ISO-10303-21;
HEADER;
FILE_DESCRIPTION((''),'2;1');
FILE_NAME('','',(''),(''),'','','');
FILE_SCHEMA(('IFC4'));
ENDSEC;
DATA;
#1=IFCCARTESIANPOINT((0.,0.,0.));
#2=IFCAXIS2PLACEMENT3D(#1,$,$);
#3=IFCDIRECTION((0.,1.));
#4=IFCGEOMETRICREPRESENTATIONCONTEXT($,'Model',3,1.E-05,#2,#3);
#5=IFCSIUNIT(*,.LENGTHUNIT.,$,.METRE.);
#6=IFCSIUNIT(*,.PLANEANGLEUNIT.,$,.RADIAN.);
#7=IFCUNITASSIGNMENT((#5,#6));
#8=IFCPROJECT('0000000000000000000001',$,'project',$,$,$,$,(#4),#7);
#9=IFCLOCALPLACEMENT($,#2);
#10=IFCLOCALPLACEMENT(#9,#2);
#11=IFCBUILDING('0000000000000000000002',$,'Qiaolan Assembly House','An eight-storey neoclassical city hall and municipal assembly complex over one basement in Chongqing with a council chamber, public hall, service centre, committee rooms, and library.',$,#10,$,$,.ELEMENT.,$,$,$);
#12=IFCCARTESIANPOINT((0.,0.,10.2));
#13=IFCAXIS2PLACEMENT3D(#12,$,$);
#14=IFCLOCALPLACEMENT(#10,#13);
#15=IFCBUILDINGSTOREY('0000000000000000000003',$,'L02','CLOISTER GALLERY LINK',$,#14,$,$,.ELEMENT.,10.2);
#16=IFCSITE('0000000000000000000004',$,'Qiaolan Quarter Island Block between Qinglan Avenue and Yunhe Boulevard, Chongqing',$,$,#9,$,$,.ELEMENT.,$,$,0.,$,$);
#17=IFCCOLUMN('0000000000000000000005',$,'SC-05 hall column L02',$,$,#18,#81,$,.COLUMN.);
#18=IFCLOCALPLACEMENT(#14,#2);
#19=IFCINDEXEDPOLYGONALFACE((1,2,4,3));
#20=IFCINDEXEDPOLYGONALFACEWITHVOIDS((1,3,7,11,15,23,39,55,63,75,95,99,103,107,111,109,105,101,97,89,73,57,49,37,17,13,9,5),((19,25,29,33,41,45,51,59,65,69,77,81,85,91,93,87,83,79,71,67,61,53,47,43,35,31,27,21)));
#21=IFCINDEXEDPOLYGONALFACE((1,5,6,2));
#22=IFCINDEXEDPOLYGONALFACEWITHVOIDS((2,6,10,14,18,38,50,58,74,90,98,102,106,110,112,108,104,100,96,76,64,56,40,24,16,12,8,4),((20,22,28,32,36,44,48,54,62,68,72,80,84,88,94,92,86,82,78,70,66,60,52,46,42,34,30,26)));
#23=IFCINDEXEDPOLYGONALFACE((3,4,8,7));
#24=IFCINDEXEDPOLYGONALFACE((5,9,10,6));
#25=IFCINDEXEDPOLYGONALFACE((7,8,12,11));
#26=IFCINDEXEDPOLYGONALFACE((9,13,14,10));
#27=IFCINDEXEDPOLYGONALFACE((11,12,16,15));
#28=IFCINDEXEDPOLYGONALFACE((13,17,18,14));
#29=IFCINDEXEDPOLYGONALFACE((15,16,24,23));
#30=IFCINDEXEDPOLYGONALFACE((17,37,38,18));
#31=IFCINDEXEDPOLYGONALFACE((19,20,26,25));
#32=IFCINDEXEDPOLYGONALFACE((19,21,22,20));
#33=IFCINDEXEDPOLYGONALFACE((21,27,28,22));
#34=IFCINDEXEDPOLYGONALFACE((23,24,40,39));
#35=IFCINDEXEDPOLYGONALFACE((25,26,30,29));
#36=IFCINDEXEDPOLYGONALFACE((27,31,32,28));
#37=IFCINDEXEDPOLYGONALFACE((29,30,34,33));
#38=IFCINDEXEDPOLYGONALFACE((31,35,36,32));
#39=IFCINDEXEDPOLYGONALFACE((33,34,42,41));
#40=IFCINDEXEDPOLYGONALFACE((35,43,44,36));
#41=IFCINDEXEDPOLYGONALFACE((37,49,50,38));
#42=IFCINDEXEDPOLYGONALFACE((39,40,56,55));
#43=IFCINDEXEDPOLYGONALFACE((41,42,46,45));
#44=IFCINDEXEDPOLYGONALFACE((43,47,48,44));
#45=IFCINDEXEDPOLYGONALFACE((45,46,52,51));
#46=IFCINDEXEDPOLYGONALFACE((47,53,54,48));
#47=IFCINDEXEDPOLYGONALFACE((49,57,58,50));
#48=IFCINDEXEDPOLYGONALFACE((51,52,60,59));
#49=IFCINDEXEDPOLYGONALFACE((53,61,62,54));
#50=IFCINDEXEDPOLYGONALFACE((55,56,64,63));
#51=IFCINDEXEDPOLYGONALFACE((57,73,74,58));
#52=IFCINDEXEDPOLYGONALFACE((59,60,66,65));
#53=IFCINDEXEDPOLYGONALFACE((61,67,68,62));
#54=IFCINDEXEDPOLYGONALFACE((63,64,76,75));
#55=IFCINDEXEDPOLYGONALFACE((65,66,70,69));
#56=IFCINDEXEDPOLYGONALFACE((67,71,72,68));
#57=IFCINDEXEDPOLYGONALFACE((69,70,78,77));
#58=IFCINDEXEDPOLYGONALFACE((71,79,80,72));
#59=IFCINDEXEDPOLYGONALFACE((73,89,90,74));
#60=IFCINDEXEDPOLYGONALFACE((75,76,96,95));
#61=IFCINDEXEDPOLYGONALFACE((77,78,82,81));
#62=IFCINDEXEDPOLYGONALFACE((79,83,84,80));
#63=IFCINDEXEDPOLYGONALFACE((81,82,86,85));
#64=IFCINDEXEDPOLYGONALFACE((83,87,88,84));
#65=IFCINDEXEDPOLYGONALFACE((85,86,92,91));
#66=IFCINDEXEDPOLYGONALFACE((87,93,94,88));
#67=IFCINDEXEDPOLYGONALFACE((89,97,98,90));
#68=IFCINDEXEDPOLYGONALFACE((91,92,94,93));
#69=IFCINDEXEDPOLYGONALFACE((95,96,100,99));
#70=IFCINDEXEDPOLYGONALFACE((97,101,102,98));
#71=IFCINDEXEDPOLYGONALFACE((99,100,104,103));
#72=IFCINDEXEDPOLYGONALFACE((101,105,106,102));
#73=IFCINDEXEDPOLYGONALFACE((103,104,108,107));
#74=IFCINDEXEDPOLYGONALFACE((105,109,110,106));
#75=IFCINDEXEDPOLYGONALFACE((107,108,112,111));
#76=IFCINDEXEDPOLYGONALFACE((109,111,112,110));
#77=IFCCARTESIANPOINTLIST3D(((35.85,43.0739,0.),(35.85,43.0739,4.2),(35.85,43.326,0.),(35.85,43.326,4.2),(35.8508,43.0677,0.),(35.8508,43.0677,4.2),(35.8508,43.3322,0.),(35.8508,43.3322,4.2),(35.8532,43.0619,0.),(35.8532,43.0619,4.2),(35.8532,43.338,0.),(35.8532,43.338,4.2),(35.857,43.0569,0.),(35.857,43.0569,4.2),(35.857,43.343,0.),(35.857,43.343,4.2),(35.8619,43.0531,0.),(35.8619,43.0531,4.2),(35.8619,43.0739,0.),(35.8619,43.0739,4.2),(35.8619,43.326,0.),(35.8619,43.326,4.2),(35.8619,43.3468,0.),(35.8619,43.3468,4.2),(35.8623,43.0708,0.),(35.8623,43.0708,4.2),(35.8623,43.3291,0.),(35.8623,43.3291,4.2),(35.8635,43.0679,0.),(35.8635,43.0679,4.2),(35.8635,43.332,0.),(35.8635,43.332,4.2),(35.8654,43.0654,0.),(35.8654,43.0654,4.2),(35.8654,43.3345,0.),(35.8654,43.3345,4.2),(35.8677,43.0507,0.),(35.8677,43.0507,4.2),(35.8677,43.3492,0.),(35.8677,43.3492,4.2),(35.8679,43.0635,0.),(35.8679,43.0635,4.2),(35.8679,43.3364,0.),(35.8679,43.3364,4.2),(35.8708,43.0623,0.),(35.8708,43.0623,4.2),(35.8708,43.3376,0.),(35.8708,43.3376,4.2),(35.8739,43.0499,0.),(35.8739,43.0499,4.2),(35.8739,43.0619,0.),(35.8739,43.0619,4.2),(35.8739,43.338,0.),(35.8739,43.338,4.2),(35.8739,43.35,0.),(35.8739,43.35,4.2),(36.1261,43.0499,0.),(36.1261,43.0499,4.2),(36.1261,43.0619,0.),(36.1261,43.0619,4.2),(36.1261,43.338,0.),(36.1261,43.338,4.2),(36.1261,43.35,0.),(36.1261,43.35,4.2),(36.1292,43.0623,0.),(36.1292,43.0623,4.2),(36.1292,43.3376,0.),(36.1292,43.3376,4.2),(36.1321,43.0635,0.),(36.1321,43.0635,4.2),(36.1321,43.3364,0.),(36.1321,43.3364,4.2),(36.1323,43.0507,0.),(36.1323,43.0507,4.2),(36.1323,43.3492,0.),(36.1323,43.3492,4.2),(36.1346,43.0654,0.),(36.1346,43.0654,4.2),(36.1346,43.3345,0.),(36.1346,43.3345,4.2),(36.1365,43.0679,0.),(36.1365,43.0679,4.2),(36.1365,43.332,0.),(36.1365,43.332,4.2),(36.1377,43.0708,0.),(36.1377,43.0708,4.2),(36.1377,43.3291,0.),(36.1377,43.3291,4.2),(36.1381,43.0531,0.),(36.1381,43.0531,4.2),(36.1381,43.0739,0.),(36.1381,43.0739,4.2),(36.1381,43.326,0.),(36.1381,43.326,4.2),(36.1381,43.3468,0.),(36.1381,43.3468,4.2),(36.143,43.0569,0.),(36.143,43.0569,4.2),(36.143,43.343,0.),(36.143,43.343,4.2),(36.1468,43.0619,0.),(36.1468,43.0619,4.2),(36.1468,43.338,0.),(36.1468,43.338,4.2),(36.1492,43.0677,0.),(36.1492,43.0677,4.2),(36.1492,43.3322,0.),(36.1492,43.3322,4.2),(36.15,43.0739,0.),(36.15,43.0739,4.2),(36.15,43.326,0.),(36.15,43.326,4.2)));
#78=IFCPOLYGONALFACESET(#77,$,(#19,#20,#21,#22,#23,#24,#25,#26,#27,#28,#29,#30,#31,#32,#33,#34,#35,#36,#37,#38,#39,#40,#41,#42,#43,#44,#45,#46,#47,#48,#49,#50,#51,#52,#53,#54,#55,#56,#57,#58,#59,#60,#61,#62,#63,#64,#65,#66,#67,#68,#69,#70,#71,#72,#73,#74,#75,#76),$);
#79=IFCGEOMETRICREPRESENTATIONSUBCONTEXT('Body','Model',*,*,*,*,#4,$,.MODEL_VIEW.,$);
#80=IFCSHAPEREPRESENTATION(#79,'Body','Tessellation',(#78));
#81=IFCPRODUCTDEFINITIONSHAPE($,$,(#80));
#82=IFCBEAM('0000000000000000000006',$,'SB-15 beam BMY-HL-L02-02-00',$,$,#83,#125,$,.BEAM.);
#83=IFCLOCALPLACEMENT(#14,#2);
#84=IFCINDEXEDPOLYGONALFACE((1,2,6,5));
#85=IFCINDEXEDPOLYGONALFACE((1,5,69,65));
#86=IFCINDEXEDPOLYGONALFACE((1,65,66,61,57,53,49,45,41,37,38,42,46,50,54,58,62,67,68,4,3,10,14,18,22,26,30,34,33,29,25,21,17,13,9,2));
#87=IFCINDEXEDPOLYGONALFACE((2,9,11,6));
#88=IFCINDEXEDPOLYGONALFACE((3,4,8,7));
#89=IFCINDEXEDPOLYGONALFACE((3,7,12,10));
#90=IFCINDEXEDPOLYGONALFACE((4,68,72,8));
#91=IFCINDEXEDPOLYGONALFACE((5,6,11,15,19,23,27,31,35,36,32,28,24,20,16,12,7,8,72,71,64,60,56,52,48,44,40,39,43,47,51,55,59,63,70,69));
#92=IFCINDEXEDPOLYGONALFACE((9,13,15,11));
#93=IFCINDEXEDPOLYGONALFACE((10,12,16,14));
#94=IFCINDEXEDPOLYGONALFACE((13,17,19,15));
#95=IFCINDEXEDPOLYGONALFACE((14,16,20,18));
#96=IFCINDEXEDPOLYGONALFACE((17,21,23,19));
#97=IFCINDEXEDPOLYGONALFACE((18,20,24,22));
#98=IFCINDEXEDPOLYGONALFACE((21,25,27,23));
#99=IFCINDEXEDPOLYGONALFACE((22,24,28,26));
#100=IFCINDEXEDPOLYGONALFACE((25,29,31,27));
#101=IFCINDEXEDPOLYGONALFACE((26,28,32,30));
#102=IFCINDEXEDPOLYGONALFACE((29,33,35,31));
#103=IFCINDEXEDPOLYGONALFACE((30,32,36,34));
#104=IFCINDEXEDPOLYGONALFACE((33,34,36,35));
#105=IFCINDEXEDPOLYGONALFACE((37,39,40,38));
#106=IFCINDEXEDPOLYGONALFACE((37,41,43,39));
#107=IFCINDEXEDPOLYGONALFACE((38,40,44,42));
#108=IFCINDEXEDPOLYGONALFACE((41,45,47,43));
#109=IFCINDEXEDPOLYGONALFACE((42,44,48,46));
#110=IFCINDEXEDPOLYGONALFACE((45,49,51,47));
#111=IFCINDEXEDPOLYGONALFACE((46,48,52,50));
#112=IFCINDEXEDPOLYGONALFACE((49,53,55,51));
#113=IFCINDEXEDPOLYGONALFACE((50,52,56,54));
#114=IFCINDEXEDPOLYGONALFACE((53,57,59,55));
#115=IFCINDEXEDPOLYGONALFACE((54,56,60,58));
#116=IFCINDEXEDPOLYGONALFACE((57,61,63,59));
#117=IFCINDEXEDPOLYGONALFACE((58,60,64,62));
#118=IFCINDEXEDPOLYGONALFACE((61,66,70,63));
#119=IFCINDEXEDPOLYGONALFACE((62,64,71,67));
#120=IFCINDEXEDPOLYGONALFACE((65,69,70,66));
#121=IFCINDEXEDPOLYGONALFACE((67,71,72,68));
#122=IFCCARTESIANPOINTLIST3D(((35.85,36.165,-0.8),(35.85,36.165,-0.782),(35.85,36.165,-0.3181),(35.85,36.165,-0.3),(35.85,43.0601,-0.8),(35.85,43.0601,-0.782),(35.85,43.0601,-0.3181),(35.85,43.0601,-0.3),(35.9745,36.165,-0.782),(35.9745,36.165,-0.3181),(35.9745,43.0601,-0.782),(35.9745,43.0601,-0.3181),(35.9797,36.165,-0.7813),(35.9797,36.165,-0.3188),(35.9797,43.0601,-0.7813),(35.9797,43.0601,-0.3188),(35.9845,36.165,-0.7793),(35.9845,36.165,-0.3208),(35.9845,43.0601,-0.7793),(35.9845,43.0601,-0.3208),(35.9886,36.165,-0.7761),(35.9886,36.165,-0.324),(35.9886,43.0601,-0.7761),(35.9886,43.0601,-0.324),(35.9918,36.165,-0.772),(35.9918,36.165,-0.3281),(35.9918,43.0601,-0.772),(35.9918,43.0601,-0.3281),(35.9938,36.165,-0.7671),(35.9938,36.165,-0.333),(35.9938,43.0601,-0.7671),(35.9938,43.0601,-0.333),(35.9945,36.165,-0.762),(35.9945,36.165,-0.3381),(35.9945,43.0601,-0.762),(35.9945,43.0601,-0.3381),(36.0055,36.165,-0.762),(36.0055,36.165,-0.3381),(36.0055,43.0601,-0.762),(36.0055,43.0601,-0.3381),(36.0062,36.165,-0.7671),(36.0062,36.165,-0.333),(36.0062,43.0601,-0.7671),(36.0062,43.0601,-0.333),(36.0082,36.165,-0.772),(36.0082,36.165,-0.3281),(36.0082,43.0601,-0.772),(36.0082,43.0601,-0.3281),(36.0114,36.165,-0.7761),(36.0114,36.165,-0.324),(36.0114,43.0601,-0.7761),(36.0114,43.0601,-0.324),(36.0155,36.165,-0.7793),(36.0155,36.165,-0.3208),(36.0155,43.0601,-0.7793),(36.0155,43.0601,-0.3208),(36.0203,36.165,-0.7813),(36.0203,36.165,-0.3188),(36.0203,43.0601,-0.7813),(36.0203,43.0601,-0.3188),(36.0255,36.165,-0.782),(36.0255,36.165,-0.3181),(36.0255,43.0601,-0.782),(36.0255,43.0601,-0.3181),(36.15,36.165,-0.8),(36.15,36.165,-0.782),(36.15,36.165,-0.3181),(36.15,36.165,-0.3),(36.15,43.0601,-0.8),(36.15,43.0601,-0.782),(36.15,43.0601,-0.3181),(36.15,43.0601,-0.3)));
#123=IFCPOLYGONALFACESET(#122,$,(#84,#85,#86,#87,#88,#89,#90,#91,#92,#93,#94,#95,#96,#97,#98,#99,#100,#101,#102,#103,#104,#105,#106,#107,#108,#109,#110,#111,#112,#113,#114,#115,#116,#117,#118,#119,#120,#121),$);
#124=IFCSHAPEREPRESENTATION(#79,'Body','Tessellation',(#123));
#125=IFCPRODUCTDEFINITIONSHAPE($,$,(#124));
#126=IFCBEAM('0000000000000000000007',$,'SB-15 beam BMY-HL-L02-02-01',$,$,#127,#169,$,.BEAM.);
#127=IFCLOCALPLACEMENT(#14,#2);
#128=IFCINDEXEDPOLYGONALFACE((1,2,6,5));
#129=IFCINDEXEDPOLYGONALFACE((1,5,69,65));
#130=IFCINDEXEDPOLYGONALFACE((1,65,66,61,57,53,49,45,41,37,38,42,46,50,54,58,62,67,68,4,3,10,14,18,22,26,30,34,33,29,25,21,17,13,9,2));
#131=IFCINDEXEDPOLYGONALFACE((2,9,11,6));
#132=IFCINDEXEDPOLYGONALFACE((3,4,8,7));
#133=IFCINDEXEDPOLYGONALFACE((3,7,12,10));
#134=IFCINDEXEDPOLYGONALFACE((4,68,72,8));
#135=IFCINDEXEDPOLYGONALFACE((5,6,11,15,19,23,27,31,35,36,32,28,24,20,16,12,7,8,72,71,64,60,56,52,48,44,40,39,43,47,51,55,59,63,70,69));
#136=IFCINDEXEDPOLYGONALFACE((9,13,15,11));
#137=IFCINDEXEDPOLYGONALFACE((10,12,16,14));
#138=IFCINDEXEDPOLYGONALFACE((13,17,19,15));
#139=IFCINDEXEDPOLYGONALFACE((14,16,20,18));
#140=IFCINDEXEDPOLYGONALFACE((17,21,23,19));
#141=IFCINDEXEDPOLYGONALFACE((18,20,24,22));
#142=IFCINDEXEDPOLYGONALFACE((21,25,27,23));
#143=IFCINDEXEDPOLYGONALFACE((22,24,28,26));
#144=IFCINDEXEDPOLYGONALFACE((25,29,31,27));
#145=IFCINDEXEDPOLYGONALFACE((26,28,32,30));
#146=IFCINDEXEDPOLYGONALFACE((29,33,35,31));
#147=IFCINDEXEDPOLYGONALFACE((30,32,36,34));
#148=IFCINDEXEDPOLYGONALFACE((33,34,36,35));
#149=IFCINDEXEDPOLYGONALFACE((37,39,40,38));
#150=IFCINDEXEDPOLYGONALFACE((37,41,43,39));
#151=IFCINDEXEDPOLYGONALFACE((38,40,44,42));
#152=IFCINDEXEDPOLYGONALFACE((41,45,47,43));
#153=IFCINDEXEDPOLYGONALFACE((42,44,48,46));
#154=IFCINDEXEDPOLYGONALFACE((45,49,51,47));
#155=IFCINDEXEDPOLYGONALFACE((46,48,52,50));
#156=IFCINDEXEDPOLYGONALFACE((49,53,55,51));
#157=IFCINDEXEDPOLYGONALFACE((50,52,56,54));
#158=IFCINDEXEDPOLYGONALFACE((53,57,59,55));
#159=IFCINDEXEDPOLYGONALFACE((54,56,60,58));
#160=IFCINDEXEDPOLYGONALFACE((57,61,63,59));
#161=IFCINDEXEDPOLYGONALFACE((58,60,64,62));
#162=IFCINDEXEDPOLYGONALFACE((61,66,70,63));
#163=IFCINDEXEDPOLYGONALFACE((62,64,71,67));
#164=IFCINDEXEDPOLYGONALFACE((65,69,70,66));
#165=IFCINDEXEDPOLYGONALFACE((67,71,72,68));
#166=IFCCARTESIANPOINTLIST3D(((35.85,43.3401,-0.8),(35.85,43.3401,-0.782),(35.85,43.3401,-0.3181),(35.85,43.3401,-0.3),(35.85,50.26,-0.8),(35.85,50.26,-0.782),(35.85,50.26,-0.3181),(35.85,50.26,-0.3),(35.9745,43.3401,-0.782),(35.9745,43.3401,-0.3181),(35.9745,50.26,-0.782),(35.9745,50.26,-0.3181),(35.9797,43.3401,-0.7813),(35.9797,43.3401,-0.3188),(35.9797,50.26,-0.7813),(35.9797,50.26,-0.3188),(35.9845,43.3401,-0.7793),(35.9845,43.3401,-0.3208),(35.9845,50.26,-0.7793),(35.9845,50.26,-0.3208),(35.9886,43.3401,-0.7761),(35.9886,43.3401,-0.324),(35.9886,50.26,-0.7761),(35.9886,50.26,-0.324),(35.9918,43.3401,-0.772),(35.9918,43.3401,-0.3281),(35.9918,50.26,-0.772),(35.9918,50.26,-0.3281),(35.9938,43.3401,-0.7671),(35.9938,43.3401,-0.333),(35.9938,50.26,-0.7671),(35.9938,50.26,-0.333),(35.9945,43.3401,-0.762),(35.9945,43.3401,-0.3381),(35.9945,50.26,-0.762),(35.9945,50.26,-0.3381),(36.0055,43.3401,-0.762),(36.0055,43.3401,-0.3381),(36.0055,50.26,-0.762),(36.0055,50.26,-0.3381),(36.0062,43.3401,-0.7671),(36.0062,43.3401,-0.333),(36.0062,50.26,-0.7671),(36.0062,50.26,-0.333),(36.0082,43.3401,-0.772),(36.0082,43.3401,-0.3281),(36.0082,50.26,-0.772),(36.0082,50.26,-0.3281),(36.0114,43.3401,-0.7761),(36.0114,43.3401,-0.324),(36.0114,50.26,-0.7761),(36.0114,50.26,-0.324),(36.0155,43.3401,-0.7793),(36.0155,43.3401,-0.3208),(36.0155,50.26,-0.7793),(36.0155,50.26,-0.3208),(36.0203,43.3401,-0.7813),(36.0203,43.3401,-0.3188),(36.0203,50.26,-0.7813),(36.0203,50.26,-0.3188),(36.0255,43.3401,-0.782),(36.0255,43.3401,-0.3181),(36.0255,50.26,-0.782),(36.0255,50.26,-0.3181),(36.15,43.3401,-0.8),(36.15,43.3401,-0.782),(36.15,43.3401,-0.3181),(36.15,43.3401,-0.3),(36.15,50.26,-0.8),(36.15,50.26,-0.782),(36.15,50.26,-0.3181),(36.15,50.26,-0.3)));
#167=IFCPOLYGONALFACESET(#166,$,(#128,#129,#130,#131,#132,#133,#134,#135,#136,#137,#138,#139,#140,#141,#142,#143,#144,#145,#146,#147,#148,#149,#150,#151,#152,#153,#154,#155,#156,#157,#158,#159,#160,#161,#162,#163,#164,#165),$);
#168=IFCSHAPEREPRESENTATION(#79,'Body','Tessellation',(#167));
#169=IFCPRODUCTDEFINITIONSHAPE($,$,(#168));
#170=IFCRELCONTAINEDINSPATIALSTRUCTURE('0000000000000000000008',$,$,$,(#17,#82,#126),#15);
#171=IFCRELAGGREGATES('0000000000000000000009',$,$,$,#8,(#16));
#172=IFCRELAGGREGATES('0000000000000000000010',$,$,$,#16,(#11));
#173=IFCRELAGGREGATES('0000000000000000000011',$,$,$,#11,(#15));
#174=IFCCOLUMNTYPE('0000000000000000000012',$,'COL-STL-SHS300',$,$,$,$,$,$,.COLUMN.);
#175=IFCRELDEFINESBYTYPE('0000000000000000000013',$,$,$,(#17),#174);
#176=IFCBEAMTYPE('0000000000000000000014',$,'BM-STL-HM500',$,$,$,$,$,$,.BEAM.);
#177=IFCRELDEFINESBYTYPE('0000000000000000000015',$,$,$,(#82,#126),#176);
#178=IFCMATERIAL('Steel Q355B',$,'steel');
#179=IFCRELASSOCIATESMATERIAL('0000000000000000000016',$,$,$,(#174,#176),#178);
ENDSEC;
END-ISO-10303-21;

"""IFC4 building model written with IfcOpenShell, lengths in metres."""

from ifc_helpers import new_model, si_unit, direction, frame, origin, origin_2d, place, context, subcontext, project, spatial, hollow_rectangle, i_section, extrude, material, material_profile, profile_set, type_object, element, save


model = new_model("IFC4")

# Units and contexts
model_context = context("Model", 3, precision=1e-05, world=origin(), true_north=direction((0.0, 1.0)))
body_context = subcontext(model_context, "Body", "Model", "MODEL_VIEW")
ifc_project = project(units=[si_unit("LENGTHUNIT", "METRE"), si_unit("PLANEANGLEUNIT", "RADIAN")], contexts=[model_context])

# Site, building, storey
site_placement = place(None, origin())
site = spatial("IfcSite", under=ifc_project, at=site_placement, Name="Qiaolan Quarter Island Block between Qinglan Avenue and Yunhe Boulevard, Chongqing", CompositionType="ELEMENT", RefElevation=0.0)
building_placement = place(site_placement, origin())
building = spatial("IfcBuilding", under=site, at=building_placement, Name="Qiaolan Assembly House", Description="An eight-storey neoclassical city hall and municipal assembly complex over one basement in Chongqing with a council chamber, public hall, service centre, committee rooms, and library.", CompositionType="ELEMENT")
storey_placement = place(building_placement, frame((0.0, 0.0, 10.2)))
storey = spatial("IfcBuildingStorey", under=building, at=storey_placement, Name="L02", Description="CLOISTER GALLERY LINK", CompositionType="ELEMENT", Elevation=10.2)

# Column
ifc_material_1 = material(Name="Steel Q355B", Category="steel")
ifc_material_profile_1 = material_profile(ifc_material_1, hollow_rectangle(XDim=0.3, YDim=0.3, WallThickness=0.012, InnerFilletRadius=0.012, OuterFilletRadius=0.0239, at=origin_2d()), Name="SHS 300x300x12")
ifc_profile_set_1 = profile_set([ifc_material_profile_1], Name="Steel Q355B")
column_type = type_object("IfcColumnType", Name="COL-STL-SHS300", PredefinedType="COLUMN", material=ifc_profile_set_1)
column_placement = place(storey_placement, frame((36.0, 43.2, 0.0), z_axis=(0.0, 0.0, 1.0), x_axis=(1.0, 0.0, 0.0)))
element("IfcColumn", 1, at=column_placement, inside=storey, type_object=column_type, Name="SC-05 hall column L02", PredefinedType="COLUMN", context=body_context, shape_type="SweptSolid", body=[
    extrude(hollow_rectangle(XDim=0.3, YDim=0.3, WallThickness=0.012, InnerFilletRadius=0.012, OuterFilletRadius=0.0239, at=origin_2d()), origin(), (0.0, 0.0, 1.0), 4.2),
])

# Beams
ifc_material_profile_2 = material_profile(ifc_material_1, i_section(OverallWidth=0.3, OverallDepth=0.5, WebThickness=0.011, FlangeThickness=0.0181, FilletRadius=0.02, at=origin_2d()), Name="HM 500x300x11x18")
ifc_profile_set_2 = profile_set([ifc_material_profile_2], Name="Steel Q355B")
beam_type_1 = type_object("IfcBeamType", Name="BM-STL-HM500", PredefinedType="BEAM", material=ifc_profile_set_2)
beam_1_placement = place(storey_placement, frame((36.0, 36.165, -0.55), z_axis=(0.0, 1.0, 0.0), x_axis=(-1.0, 0.0, 0.0)))
element("IfcBeam", 2, at=beam_1_placement, inside=storey, type_object=beam_type_1, Name="SB-15 beam BMY-HL-L02-02-00", PredefinedType="BEAM", context=body_context, shape_type="SweptSolid", body=[
    extrude(i_section(OverallWidth=0.3, OverallDepth=0.5, WebThickness=0.011, FlangeThickness=0.0181, FilletRadius=0.02, at=origin_2d()), origin(), (0.0, 0.0, 1.0), 6.895),
])
beam_2_placement = place(storey_placement, frame((36.0, 43.3401, -0.55), z_axis=(0.0, 1.0, 0.0), x_axis=(-1.0, 0.0, 0.0)))
element("IfcBeam", 3, at=beam_2_placement, inside=storey, type_object=beam_type_1, Name="SB-15 beam BMY-HL-L02-02-01", PredefinedType="BEAM", context=body_context, shape_type="SweptSolid", body=[
    extrude(i_section(OverallWidth=0.3, OverallDepth=0.5, WebThickness=0.011, FlangeThickness=0.0181, FilletRadius=0.02, at=origin_2d()), origin(), (0.0, 0.0, 1.0), 6.9199),
])

save(model, "model.ifc")
